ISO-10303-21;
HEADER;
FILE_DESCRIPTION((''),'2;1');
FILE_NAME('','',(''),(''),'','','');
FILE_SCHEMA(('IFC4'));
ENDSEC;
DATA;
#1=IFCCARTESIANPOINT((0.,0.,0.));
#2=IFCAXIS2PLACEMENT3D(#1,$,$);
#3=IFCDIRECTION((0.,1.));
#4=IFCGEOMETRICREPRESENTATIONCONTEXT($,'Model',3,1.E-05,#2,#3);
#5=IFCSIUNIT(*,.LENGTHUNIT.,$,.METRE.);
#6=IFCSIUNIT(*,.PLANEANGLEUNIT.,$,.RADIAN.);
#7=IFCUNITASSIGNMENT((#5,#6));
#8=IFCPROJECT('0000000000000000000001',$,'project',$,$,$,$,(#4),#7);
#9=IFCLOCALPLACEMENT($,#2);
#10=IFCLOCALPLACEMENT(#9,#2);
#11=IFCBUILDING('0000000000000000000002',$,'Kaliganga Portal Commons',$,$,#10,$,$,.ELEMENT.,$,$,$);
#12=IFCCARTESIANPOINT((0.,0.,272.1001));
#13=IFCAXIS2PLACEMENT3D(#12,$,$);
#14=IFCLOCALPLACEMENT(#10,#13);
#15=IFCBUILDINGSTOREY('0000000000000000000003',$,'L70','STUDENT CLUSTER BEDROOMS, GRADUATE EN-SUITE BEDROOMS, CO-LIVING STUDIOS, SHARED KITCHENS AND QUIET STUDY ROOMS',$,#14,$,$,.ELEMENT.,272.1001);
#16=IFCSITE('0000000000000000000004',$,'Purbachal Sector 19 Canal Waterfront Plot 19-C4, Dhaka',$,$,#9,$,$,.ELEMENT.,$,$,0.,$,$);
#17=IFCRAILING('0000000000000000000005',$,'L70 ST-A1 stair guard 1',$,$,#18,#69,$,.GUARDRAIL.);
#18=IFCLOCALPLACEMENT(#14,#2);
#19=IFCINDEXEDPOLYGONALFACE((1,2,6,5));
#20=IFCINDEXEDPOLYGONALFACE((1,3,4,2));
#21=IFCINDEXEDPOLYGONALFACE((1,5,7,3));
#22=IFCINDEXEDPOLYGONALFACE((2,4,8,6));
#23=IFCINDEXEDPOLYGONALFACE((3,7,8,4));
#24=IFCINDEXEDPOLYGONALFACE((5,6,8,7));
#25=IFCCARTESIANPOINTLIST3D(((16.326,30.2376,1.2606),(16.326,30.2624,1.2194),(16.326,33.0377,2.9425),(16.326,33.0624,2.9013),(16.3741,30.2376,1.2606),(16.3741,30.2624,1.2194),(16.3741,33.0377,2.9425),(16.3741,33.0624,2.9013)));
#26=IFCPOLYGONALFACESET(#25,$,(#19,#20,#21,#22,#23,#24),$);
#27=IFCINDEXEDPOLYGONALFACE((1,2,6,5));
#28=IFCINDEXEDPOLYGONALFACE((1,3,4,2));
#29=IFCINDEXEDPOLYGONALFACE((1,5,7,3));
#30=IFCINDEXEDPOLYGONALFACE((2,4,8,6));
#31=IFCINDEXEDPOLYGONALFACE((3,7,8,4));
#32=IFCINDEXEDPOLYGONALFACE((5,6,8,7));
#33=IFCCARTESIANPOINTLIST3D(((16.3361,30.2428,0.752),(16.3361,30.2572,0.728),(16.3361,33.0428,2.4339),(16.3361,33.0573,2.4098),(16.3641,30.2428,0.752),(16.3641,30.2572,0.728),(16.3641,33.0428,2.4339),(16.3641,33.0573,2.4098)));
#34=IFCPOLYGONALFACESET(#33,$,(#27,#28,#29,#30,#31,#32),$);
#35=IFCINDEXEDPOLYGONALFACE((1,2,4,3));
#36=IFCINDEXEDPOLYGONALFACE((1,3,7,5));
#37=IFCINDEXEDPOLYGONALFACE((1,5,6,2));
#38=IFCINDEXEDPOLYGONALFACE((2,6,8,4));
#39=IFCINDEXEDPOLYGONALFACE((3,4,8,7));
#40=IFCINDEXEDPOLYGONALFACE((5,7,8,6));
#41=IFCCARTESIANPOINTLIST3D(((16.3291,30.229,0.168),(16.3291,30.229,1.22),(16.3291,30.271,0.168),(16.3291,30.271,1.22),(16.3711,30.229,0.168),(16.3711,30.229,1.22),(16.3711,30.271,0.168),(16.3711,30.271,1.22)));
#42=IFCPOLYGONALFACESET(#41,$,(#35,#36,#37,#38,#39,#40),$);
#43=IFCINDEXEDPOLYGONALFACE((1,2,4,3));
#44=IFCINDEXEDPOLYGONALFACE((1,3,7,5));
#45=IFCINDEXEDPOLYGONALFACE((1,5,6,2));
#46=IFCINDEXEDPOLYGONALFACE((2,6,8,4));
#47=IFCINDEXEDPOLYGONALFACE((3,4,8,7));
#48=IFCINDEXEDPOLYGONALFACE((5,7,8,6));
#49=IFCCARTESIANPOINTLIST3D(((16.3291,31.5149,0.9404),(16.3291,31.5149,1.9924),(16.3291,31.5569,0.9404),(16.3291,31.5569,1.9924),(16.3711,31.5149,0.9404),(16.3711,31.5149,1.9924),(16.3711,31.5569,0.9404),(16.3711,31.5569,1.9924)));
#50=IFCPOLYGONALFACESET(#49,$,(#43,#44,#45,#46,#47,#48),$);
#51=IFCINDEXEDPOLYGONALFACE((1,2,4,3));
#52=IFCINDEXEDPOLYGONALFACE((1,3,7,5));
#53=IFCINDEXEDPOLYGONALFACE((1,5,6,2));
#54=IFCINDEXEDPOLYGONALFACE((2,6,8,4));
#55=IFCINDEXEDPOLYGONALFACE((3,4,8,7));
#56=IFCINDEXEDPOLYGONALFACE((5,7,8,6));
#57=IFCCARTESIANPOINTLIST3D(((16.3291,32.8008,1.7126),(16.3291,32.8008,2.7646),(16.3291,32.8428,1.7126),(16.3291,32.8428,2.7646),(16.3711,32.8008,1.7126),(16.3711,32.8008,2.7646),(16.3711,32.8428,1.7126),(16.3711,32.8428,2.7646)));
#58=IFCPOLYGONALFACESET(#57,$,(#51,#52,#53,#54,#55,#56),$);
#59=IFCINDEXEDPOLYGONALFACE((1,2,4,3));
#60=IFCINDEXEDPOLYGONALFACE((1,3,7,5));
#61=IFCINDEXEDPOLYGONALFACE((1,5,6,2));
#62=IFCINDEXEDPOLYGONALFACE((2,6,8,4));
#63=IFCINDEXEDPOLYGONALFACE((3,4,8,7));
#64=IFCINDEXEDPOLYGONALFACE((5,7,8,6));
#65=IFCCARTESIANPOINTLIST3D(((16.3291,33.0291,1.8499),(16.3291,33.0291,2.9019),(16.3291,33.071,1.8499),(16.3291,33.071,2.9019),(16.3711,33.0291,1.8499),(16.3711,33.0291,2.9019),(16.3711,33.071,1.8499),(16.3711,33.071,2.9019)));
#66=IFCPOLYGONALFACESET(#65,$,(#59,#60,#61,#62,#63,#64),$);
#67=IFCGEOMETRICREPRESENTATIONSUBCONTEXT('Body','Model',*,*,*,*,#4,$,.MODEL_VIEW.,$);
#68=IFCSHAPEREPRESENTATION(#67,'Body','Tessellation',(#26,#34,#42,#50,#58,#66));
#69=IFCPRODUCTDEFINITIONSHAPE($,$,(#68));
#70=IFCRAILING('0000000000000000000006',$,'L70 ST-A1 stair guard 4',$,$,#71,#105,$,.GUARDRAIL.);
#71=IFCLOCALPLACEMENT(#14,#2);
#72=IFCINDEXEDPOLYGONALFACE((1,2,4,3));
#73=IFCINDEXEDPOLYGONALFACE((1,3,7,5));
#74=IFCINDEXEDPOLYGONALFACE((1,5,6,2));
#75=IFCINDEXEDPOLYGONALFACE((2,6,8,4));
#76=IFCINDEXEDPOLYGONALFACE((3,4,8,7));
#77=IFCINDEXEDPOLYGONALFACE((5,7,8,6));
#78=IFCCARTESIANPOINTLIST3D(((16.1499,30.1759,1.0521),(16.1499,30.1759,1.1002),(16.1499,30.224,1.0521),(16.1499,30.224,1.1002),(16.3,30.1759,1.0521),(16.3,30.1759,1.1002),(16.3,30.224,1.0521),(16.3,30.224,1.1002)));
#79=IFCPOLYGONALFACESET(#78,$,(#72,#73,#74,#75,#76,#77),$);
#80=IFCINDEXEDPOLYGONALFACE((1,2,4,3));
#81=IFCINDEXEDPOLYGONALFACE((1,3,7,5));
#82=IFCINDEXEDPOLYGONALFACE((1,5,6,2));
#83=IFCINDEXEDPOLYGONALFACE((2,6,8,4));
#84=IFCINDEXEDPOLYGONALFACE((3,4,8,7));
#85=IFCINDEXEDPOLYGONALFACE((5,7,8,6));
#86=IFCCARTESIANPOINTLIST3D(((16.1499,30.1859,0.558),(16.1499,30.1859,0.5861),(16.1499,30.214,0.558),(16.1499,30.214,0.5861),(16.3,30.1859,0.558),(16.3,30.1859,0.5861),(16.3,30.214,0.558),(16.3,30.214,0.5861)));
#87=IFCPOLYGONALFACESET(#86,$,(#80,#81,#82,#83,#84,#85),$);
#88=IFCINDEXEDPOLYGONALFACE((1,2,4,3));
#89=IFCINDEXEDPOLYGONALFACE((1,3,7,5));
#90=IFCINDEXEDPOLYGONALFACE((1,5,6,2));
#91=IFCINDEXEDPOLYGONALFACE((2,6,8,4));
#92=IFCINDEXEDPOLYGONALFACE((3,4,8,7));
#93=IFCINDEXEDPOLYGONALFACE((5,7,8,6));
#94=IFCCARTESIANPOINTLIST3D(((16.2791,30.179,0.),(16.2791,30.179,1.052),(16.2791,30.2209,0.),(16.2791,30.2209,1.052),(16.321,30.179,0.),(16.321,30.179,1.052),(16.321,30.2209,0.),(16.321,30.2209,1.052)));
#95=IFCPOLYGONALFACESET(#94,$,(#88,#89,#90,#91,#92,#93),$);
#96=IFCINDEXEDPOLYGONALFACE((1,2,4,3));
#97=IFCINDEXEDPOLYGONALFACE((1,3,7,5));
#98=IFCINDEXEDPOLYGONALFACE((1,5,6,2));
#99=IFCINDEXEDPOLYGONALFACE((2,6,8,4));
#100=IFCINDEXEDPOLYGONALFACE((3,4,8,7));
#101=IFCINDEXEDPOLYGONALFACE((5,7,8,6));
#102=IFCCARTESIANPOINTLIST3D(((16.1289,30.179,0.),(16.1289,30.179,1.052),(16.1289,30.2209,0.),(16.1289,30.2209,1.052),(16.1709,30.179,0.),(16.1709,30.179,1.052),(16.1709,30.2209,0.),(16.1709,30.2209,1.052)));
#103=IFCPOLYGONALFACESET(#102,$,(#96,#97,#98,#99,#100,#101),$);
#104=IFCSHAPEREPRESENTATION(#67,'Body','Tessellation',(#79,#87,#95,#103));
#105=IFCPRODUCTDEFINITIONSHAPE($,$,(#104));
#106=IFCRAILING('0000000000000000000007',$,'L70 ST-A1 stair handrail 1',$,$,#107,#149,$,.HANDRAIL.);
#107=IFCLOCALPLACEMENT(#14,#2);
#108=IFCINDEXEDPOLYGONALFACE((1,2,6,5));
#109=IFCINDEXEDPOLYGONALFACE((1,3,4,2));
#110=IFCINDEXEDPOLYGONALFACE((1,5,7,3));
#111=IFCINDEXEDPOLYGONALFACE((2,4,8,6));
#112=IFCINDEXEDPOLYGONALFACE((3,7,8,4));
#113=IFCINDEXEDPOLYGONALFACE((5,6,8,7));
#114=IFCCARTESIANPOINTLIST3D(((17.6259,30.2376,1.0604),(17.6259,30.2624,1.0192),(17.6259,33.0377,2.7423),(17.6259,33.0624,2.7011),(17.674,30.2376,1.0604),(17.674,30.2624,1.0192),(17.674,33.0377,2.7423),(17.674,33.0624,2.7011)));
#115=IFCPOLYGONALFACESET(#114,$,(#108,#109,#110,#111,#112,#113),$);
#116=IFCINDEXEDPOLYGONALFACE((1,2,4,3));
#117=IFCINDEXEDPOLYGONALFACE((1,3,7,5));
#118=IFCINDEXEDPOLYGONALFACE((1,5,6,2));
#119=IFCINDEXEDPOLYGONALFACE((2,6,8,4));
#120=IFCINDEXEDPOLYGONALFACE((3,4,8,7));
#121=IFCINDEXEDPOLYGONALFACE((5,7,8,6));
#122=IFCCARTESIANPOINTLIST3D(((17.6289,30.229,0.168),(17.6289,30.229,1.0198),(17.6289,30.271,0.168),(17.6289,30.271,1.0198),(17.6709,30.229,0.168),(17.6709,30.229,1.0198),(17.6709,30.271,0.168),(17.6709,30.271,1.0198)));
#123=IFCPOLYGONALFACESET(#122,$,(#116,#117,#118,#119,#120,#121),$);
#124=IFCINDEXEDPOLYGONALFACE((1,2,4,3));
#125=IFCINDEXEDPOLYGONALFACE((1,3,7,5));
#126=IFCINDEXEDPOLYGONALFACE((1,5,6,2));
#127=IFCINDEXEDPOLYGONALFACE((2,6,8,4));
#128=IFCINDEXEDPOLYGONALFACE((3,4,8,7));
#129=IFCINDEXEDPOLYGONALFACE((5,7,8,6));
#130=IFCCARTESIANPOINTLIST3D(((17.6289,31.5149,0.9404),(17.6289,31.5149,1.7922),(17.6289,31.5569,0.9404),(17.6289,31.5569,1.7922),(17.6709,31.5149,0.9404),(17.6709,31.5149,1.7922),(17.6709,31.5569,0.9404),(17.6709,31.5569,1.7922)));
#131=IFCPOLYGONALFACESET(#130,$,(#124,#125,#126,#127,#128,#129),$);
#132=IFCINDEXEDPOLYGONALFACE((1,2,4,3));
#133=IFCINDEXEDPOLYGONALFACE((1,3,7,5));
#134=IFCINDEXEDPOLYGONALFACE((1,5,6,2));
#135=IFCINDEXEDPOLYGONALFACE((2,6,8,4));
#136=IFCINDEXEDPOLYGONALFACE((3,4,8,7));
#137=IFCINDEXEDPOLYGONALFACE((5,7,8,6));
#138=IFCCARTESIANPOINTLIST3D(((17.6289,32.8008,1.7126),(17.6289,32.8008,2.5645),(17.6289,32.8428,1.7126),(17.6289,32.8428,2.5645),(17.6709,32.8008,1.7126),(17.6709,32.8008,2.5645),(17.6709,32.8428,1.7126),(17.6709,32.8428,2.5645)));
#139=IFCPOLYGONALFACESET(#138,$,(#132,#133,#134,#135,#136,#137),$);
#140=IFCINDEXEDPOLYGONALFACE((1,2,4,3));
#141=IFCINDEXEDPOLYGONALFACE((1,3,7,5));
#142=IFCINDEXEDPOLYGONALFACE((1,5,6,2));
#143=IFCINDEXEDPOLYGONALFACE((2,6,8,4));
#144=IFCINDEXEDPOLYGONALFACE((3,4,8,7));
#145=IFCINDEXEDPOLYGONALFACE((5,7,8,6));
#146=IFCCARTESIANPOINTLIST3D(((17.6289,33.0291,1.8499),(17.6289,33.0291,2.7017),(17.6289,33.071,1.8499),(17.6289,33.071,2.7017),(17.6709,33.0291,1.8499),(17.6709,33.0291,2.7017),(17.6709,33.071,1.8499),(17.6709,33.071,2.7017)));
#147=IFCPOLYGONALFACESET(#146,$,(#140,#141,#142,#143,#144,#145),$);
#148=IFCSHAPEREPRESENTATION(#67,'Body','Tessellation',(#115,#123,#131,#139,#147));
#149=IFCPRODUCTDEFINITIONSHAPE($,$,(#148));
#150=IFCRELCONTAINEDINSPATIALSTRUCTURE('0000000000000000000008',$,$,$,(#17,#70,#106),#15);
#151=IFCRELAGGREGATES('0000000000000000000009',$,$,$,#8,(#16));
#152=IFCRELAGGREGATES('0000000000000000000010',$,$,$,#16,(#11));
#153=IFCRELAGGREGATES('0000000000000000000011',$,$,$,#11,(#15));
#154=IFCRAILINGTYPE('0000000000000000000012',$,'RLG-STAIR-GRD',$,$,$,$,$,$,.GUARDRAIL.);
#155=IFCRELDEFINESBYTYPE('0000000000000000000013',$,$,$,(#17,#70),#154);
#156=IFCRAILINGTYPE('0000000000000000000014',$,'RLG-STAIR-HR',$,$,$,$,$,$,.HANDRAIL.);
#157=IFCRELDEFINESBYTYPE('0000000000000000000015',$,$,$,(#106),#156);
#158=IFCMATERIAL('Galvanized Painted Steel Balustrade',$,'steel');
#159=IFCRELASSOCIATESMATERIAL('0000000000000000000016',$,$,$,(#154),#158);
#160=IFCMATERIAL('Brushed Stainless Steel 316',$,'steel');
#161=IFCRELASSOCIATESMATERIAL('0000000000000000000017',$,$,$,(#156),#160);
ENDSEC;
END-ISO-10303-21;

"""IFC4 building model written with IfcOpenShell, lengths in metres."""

from ifc_helpers import new_model, si_unit, direction, frame, origin, origin_2d, place, context, subcontext, project, spatial, rectangle, extrude, material, type_object, element, save


model = new_model("IFC4")

# Units and contexts
model_context = context("Model", 3, precision=1e-05, world=origin(), true_north=direction((0.0, 1.0)))
body_context = subcontext(model_context, "Body", "Model", "MODEL_VIEW")
ifc_project = project(units=[si_unit("LENGTHUNIT", "METRE"), si_unit("PLANEANGLEUNIT", "RADIAN")], contexts=[model_context])

# Site, building, storey
site_placement = place(None, origin())
site = spatial("IfcSite", under=ifc_project, at=site_placement, Name="Purbachal Sector 19 Canal Waterfront Plot 19-C4, Dhaka", CompositionType="ELEMENT", RefElevation=0.0)
building_placement = place(site_placement, origin())
building = spatial("IfcBuilding", under=site, at=building_placement, Name="Kaliganga Portal Commons", CompositionType="ELEMENT")
storey_placement = place(building_placement, frame((0.0, 0.0, 272.1001)))
storey = spatial("IfcBuildingStorey", under=building, at=storey_placement, Name="L70", Description="STUDENT CLUSTER BEDROOMS, GRADUATE EN-SUITE BEDROOMS, CO-LIVING STUDIOS, SHARED KITCHENS AND QUIET STUDY ROOMS", CompositionType="ELEMENT", Elevation=272.1001)

# Railings
ifc_material_1 = material(Name="Galvanized Painted Steel Balustrade", Category="steel")
railing_type_1 = type_object("IfcRailingType", Name="RLG-STAIR-GRD", PredefinedType="GUARDRAIL", material=ifc_material_1)
railing_1_placement = place(storey_placement, frame((16.3501, 30.25, 0.168)))
element("IfcRailing", 1, at=railing_1_placement, inside=storey, type_object=railing_type_1, Name="L70 ST-A1 stair guard 1", PredefinedType="GUARDRAIL", context=body_context, shape_type="SweptSolid", body=[
    extrude(rectangle(XDim=0.0481, YDim=0.0481, at=origin_2d()), frame((0.0, 0.0, 1.072), z_axis=(0.0, 0.857242, 0.514913), x_axis=(-1.0, 0.0, 0.0)), (0.0, 0.0, 1.0), 3.2664),
    extrude(rectangle(XDim=0.0281, YDim=0.0281, at=origin_2d()), frame((0.0, 0.0, 0.572), z_axis=(0.0, 0.857242, 0.514913), x_axis=(-1.0, 0.0, 0.0)), (0.0, 0.0, 1.0), 3.2664),
    extrude(rectangle(XDim=0.042, YDim=0.042, at=origin_2d()), origin(), (0.0, 0.0, 1.0), 1.052),
    extrude(rectangle(XDim=0.042, YDim=0.042, at=origin_2d()), frame((0.0, 1.2859, 0.7725)), (0.0, 0.0, 1.0), 1.052),
    extrude(rectangle(XDim=0.042, YDim=0.042, at=origin_2d()), frame((0.0, 2.5718, 1.5447)), (0.0, 0.0, 1.0), 1.052),
    extrude(rectangle(XDim=0.042, YDim=0.042, at=origin_2d()), frame((0.0, 2.8, 1.6819)), (0.0, 0.0, 1.0), 1.052),
])
railing_2_placement = place(storey_placement, frame((16.3, 30.2, 0.0)))
element("IfcRailing", 2, at=railing_2_placement, inside=storey, type_object=railing_type_1, Name="L70 ST-A1 stair guard 4", PredefinedType="GUARDRAIL", context=body_context, shape_type="SweptSolid", body=[
    extrude(rectangle(XDim=0.0481, YDim=0.0481, at=origin_2d()), frame((0.0, 0.0, 1.0762), z_axis=(-1.0, 0.0, 0.0), x_axis=(0.0, -1.0, 0.0)), (0.0, 0.0, 1.0), 0.1501),
    extrude(rectangle(XDim=0.0281, YDim=0.0281, at=origin_2d()), frame((0.0, 0.0, 0.572), z_axis=(-1.0, 0.0, 0.0), x_axis=(0.0, -1.0, 0.0)), (0.0, 0.0, 1.0), 0.1501),
    extrude(rectangle(XDim=0.042, YDim=0.042, at=origin_2d()), origin(), (0.0, 0.0, 1.0), 1.052),
    extrude(rectangle(XDim=0.042, YDim=0.042, at=origin_2d()), frame((-0.1501, 0.0, 0.0)), (0.0, 0.0, 1.0), 1.052),
])
ifc_material_2 = material(Name="Brushed Stainless Steel 316", Category="steel")
railing_type_2 = type_object("IfcRailingType", Name="RLG-STAIR-HR", PredefinedType="HANDRAIL", material=ifc_material_2)
railing_3_placement = place(storey_placement, frame((17.6499, 30.25, 0.168)))
element("IfcRailing", 3, at=railing_3_placement, inside=storey, type_object=railing_type_2, Name="L70 ST-A1 stair handrail 1", PredefinedType="HANDRAIL", context=body_context, shape_type="SweptSolid", body=[
    extrude(rectangle(XDim=0.0481, YDim=0.0481, at=origin_2d()), frame((0.0, 0.0, 0.8718), z_axis=(0.0, 0.857242, 0.514913), x_axis=(-1.0, 0.0, 0.0)), (0.0, 0.0, 1.0), 3.2664),
    extrude(rectangle(XDim=0.042, YDim=0.042, at=origin_2d()), origin(), (0.0, 0.0, 1.0), 0.8518),
    extrude(rectangle(XDim=0.042, YDim=0.042, at=origin_2d()), frame((0.0, 1.2859, 0.7725)), (0.0, 0.0, 1.0), 0.8518),
    extrude(rectangle(XDim=0.042, YDim=0.042, at=origin_2d()), frame((0.0, 2.5718, 1.5447)), (0.0, 0.0, 1.0), 0.8518),
    extrude(rectangle(XDim=0.042, YDim=0.042, at=origin_2d()), frame((0.0, 2.8, 1.6819)), (0.0, 0.0, 1.0), 0.8518),
])

save(model, "model.ifc")
